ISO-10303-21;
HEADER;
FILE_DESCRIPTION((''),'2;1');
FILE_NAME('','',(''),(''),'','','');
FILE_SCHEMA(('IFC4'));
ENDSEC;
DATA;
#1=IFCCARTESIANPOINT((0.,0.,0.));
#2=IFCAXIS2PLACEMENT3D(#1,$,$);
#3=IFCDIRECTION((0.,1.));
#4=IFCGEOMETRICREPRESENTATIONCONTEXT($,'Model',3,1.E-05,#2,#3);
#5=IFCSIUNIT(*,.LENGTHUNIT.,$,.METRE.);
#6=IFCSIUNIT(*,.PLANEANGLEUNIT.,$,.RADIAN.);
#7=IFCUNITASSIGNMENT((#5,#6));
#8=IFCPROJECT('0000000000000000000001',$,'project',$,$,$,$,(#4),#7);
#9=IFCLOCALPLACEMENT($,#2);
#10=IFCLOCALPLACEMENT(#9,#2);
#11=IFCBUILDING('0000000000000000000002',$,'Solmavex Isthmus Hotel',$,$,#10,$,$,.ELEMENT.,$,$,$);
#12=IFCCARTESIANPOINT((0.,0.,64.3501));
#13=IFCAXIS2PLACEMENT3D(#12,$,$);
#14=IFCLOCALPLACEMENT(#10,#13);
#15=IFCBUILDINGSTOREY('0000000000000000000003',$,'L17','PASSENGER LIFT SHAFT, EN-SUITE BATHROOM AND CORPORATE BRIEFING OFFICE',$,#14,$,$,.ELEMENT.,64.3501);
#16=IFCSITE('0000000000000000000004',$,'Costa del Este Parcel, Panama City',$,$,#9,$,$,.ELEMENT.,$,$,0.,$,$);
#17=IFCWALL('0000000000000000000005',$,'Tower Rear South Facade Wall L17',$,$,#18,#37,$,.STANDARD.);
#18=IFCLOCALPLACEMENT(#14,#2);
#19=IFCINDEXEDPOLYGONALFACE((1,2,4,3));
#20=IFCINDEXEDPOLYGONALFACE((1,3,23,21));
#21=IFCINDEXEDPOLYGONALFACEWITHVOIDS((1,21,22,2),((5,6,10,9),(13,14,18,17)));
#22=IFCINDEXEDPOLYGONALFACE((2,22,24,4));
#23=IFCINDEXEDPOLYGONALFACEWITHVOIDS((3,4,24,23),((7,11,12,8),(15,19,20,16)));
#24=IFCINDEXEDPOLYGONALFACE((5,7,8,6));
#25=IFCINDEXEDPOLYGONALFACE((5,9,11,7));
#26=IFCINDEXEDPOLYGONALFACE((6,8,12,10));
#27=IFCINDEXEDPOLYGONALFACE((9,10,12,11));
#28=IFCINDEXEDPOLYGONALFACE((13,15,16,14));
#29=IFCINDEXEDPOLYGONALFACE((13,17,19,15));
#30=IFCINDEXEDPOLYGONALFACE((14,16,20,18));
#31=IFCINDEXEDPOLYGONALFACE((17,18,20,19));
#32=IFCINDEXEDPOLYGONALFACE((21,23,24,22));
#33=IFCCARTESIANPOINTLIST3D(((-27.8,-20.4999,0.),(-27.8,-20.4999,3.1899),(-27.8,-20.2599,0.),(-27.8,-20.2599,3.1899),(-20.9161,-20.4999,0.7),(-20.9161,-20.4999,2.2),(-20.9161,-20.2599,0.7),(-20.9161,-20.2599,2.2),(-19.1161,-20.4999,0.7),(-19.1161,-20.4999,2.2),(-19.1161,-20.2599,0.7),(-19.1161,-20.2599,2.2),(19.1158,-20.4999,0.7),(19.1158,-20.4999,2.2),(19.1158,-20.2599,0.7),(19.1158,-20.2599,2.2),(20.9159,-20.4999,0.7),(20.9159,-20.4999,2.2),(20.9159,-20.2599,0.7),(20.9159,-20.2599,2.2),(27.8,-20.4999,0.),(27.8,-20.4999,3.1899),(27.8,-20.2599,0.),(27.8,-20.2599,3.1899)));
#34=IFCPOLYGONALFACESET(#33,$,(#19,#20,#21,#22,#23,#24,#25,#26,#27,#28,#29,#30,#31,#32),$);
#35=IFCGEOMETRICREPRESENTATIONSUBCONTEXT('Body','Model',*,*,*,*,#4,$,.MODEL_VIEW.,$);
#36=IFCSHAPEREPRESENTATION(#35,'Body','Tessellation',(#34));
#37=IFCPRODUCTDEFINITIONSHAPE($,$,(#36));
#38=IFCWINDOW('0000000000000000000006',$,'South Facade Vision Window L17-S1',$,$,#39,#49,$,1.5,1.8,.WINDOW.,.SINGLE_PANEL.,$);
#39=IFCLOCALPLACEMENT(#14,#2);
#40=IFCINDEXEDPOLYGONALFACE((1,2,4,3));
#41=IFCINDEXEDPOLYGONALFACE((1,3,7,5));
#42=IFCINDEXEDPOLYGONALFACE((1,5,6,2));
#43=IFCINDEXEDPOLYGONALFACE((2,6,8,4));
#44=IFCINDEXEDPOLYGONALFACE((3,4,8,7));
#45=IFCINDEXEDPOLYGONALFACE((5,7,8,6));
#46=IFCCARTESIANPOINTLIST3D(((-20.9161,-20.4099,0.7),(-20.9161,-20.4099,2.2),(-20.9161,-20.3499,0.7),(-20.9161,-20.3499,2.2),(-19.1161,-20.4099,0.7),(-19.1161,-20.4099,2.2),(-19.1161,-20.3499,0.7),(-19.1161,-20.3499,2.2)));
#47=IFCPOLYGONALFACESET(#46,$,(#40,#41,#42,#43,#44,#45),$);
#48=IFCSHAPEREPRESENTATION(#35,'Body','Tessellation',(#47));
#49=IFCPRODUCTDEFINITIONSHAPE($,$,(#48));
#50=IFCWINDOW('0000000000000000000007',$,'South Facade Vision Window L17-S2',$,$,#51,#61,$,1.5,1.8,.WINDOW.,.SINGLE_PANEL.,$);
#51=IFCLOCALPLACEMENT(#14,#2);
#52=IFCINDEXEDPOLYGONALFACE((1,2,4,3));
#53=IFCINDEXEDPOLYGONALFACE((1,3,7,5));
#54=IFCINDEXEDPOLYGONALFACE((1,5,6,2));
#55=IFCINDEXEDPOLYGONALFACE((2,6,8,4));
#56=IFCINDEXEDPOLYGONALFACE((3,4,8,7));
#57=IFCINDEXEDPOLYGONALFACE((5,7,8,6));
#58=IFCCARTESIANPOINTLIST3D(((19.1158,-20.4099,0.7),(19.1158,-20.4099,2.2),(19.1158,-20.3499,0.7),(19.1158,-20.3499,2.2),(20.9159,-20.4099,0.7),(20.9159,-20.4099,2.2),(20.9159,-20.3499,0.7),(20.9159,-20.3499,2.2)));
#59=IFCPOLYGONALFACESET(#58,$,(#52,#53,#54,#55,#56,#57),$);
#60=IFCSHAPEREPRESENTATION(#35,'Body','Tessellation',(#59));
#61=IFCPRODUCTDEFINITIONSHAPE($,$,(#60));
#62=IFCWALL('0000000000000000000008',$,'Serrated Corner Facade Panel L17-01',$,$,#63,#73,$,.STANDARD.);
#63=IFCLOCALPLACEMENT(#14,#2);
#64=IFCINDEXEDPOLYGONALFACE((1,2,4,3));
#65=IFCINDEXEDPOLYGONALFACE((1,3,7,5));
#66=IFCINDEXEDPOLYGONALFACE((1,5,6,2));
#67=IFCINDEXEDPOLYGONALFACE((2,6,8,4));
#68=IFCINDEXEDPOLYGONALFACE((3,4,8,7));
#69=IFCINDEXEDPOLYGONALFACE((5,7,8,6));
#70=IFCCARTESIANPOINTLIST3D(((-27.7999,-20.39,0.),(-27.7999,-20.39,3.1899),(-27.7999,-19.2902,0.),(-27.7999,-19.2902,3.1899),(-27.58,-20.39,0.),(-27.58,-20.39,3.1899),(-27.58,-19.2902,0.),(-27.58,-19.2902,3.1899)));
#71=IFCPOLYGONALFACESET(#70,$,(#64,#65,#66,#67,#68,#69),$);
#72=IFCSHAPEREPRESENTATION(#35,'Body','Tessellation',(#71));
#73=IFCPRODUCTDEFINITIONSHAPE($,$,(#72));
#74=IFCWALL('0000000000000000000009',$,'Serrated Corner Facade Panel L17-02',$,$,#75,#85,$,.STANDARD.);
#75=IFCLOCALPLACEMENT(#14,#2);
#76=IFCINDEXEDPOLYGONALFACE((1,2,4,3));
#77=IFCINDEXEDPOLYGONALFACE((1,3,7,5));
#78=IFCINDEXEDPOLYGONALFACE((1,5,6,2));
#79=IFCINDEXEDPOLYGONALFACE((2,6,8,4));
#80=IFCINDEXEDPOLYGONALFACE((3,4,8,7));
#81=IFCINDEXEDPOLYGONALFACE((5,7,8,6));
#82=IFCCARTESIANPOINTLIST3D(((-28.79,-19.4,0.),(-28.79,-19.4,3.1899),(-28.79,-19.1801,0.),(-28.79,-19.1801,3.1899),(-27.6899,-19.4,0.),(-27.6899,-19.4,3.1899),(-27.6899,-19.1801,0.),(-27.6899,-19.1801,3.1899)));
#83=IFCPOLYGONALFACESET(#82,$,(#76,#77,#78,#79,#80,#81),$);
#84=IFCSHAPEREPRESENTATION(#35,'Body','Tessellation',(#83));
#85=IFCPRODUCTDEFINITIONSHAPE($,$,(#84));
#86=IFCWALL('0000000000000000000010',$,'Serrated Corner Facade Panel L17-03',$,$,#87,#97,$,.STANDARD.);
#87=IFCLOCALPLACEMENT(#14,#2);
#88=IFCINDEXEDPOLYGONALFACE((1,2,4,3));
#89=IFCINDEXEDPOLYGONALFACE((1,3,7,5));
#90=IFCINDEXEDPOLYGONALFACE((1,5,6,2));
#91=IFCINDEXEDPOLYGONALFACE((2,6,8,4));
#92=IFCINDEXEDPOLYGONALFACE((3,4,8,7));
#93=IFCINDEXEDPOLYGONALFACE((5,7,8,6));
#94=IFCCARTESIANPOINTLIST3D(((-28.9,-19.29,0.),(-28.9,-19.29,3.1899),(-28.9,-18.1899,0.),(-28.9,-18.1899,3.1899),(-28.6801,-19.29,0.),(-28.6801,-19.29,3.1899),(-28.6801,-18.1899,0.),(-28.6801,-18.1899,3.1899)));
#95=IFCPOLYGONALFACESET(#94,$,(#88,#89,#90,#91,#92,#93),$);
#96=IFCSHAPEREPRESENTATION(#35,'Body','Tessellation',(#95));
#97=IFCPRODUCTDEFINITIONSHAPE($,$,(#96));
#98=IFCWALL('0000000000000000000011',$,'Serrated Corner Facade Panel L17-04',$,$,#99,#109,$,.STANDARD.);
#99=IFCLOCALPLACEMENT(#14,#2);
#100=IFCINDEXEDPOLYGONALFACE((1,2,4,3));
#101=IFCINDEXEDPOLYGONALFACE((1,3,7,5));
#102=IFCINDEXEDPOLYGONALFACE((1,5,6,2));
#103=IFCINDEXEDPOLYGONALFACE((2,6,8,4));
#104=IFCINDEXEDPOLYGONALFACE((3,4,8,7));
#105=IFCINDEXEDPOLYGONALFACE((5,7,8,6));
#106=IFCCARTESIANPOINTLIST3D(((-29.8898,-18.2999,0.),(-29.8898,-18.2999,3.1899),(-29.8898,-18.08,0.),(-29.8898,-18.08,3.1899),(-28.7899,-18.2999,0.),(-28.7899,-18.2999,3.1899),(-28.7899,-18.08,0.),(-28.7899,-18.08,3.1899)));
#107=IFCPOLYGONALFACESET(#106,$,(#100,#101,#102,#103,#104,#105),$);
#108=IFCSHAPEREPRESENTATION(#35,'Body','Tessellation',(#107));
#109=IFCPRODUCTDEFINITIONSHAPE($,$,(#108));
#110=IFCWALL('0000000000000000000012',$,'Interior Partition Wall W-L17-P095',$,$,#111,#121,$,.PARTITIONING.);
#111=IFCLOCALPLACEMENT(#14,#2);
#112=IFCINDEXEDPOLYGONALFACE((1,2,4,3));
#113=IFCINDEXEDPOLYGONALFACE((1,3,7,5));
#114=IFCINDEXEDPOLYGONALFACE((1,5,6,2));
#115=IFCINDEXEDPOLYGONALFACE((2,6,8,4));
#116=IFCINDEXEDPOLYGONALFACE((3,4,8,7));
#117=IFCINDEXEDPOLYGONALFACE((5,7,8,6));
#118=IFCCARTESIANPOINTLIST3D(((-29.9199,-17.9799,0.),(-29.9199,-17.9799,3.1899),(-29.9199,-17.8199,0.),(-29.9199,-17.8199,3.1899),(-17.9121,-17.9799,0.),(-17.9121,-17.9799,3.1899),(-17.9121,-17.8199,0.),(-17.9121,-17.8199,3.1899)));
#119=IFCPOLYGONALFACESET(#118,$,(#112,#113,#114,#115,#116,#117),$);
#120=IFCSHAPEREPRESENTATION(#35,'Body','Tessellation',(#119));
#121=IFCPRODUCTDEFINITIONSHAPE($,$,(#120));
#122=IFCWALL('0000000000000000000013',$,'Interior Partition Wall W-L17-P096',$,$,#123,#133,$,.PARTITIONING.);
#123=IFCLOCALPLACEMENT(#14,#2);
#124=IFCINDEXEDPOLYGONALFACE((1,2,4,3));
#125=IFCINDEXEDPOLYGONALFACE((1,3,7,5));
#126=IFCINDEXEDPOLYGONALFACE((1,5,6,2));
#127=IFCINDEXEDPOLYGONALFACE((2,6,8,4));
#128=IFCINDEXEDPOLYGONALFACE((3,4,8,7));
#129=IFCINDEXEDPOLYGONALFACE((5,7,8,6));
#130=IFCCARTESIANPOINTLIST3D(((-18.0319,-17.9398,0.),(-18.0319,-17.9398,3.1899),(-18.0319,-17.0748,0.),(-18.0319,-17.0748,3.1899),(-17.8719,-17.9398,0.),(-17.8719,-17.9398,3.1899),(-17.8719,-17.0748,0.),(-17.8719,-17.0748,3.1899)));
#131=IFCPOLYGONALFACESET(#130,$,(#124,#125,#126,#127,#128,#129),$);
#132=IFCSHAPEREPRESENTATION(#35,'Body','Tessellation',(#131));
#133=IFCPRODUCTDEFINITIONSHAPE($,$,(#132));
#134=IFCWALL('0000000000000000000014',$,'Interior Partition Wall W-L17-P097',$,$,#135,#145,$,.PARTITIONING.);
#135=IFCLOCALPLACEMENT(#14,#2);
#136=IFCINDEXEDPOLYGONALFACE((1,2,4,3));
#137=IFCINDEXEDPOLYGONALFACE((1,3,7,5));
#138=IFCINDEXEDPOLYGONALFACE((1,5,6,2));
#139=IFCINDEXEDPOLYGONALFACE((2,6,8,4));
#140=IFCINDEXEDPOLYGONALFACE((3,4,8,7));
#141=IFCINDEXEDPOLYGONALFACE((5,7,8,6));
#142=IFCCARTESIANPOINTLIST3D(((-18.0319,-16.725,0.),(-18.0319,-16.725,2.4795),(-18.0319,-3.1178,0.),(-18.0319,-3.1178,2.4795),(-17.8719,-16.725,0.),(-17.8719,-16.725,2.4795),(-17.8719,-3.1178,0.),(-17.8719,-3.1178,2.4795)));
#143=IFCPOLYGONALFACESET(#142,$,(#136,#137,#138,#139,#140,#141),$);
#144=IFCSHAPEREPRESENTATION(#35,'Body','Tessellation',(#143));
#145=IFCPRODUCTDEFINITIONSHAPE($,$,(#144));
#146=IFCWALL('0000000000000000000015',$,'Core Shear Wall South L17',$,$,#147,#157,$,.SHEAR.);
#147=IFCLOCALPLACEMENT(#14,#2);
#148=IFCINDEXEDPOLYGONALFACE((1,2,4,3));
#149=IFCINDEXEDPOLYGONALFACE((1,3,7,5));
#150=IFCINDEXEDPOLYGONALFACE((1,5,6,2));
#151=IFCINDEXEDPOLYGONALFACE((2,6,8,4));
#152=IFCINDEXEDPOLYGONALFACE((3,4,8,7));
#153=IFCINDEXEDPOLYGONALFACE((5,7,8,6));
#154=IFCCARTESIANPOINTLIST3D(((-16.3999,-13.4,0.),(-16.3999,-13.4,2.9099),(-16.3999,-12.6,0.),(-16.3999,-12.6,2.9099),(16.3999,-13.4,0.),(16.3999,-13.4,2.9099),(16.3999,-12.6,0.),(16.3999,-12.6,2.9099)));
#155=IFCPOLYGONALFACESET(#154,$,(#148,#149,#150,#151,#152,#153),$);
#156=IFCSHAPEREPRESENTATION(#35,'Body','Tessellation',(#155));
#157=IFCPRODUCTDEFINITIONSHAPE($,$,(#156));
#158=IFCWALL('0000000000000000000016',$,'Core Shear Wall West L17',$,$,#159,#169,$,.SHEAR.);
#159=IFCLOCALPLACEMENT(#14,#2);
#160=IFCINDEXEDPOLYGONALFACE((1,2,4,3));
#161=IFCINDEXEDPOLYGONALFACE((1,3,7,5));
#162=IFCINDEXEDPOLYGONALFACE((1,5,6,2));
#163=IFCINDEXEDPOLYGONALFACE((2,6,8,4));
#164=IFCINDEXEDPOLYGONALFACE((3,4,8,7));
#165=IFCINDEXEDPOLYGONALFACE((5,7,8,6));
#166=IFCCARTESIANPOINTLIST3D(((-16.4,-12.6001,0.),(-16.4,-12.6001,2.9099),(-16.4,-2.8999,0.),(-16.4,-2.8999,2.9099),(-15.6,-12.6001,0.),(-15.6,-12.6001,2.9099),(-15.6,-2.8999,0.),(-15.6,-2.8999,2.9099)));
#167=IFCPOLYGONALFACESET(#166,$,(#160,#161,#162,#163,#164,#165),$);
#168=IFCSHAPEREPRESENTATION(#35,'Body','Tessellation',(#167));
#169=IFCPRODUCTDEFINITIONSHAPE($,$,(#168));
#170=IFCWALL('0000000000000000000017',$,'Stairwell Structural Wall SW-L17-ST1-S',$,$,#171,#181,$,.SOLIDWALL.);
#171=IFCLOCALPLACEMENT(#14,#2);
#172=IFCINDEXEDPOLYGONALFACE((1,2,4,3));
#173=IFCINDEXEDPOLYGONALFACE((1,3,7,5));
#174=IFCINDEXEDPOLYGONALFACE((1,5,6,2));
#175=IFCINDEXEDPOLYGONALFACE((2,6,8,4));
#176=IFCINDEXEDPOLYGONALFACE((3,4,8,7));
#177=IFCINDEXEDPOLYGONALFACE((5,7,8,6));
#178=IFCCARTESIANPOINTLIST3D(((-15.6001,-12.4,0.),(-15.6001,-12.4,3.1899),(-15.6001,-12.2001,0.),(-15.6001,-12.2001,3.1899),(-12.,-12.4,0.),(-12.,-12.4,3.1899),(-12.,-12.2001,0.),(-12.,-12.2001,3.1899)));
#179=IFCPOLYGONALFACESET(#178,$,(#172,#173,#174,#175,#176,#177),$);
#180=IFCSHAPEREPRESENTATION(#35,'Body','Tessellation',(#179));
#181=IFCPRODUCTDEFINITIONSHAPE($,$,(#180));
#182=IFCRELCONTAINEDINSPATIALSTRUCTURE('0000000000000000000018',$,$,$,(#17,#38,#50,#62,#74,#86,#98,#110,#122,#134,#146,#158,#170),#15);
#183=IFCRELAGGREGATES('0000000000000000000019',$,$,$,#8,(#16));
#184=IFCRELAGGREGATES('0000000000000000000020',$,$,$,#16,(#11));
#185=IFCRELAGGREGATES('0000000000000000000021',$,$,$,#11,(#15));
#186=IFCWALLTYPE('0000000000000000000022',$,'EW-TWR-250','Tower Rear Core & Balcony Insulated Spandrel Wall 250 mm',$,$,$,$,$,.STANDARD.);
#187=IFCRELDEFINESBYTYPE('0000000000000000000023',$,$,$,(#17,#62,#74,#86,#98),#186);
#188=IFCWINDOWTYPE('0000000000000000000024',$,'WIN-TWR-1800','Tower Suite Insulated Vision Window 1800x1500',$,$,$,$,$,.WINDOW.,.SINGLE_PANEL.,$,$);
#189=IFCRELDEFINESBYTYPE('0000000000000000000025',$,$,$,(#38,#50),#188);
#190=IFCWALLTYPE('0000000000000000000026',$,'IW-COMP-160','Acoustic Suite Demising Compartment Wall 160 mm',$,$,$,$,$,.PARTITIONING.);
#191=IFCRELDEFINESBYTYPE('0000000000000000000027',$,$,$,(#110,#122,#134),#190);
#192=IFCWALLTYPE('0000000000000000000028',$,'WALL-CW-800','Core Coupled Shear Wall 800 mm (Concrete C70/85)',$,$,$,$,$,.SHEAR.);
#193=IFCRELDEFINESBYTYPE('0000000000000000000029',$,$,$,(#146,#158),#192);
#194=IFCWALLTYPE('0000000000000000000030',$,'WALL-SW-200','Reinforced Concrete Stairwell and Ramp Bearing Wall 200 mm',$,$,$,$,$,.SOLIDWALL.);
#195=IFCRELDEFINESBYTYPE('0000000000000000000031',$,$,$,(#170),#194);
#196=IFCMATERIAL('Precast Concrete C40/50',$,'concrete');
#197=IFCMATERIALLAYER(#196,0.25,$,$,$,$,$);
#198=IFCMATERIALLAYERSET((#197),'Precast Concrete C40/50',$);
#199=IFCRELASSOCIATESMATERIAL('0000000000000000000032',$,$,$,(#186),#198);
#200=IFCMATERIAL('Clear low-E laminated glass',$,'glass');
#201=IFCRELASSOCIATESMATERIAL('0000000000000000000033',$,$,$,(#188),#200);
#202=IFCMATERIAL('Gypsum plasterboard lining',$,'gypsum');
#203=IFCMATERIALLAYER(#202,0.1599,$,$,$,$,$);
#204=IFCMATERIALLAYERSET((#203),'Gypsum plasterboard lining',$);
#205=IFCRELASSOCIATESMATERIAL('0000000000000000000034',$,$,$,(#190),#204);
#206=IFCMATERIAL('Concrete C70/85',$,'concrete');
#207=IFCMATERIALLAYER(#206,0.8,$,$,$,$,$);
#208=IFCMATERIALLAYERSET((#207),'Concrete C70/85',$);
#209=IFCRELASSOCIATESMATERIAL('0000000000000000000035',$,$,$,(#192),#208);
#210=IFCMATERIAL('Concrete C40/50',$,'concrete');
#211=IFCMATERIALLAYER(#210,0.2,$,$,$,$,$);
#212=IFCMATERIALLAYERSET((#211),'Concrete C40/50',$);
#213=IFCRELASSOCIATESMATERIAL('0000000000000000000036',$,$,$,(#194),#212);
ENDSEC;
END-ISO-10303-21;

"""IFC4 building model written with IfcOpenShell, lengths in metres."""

from ifc_helpers import new_model, si_unit, direction, frame, frame_2d, origin, place, context, subcontext, project, spatial, rectangle, extrude, material, layer, layer_set, type_object, element, fill, save


model = new_model("IFC4")

# Units and contexts
model_context = context("Model", 3, precision=1e-05, world=origin(), true_north=direction((0.0, 1.0)))
body_context = subcontext(model_context, "Body", "Model", "MODEL_VIEW")
ifc_project = project(units=[si_unit("LENGTHUNIT", "METRE"), si_unit("PLANEANGLEUNIT", "RADIAN")], contexts=[model_context])

# Site, building, storey
site_placement = place(None, origin())
site = spatial("IfcSite", under=ifc_project, at=site_placement, Name="Costa del Este Parcel, Panama City", CompositionType="ELEMENT", RefElevation=0.0)
building_placement = place(site_placement, origin())
building = spatial("IfcBuilding", under=site, at=building_placement, Name="Solmavex Isthmus Hotel", CompositionType="ELEMENT")
storey_placement = place(building_placement, frame((0.0, 0.0, 64.3501)))
storey = spatial("IfcBuildingStorey", under=building, at=storey_placement, Name="L17", Description="PASSENGER LIFT SHAFT, EN-SUITE BATHROOM AND CORPORATE BRIEFING OFFICE", CompositionType="ELEMENT", Elevation=64.3501)

# Shared definitions
ifc_material_1 = material(Name="Concrete C70/85", Category="concrete")

# Shared definitions
ifc_material_2 = material(Name="Clear low-E laminated glass", Category="glass")

# Wall, openings, windows
ifc_material_3 = material(Name="Precast Concrete C40/50", Category="concrete")
ifc_layer_1 = layer(ifc_material_3, 0.25)
ifc_layer_set_1 = layer_set([ifc_layer_1], Name="Precast Concrete C40/50")
wall_type_1 = type_object("IfcWallType", Name="EW-TWR-250", Description="Tower Rear Core & Balcony Insulated Spandrel Wall 250 mm", PredefinedType="STANDARD", material=ifc_layer_set_1)
wall_1_placement = place(storey_placement, frame((-27.8, -20.3799, 0.0), z_axis=(0.0, 0.0, 1.0), x_axis=(1.0, 0.0, 0.0)))
wall_1 = element("IfcWall", 1, at=wall_1_placement, inside=storey, type_object=wall_type_1, Name="Tower Rear South Facade Wall L17", PredefinedType="STANDARD", context=body_context, shape_type="SweptSolid", body=[
    extrude(rectangle(XDim=55.6001, YDim=0.24, at=frame_2d((27.8, 0.0))), origin(), (0.0, 0.0, 1.0), 3.1899),
])
opening_1_placement = place(wall_1_placement, frame((6.884, 0.0, 0.7)))
opening_1 = element("IfcOpeningElement", 2, at=opening_1_placement, cuts=wall_1, PredefinedType="OPENING", context=body_context, shape_type="SweptSolid", body=[
    extrude(rectangle(XDim=1.8, YDim=1.5, at=frame_2d((0.8999, 0.75))), frame((0.0, 0.1299, 0.0), z_axis=(0.0, -1.0, 0.0), x_axis=(1.0, 0.0, 0.0)), (0.0, 0.0, 1.0), 0.26),
])
opening_2_placement = place(wall_1_placement, frame((46.916, 0.0, 0.7)))
opening_2 = element("IfcOpeningElement", 3, at=opening_2_placement, cuts=wall_1, PredefinedType="OPENING", context=body_context, shape_type="SweptSolid", body=[
    extrude(rectangle(XDim=1.8, YDim=1.5, at=frame_2d((0.8999, 0.75))), frame((0.0, 0.1299, 0.0), z_axis=(0.0, -1.0, 0.0), x_axis=(1.0, 0.0, 0.0)), (0.0, 0.0, 1.0), 0.26),
])
window_type = type_object("IfcWindowType", Name="WIN-TWR-1800", Description="Tower Suite Insulated Vision Window 1800x1500", PartitioningType="SINGLE_PANEL", PredefinedType="WINDOW", material=ifc_material_2)
window_1_placement = place(opening_1_placement, origin())
window_1 = element("IfcWindow", 4, at=window_1_placement, inside=storey, type_object=window_type, Name="South Facade Vision Window L17-S1", OverallHeight=1.5, OverallWidth=1.8, PartitioningType="SINGLE_PANEL", PredefinedType="WINDOW", context=body_context, shape_type="SweptSolid", body=[
    extrude(rectangle(XDim=1.8, YDim=1.5, at=frame_2d((0.8999, 0.75))), frame((0.0, 0.03, 0.0), z_axis=(0.0, -1.0, 0.0), x_axis=(1.0, 0.0, 0.0)), (0.0, 0.0, 1.0), 0.0601),
])
fill(opening_1, window_1)
window_2_placement = place(opening_2_placement, origin())
window_2 = element("IfcWindow", 5, at=window_2_placement, inside=storey, type_object=window_type, Name="South Facade Vision Window L17-S2", OverallHeight=1.5, OverallWidth=1.8, PartitioningType="SINGLE_PANEL", PredefinedType="WINDOW", context=body_context, shape_type="SweptSolid", body=[
    extrude(rectangle(XDim=1.8, YDim=1.5, at=frame_2d((0.8999, 0.75))), frame((0.0, 0.03, 0.0), z_axis=(0.0, -1.0, 0.0), x_axis=(1.0, 0.0, 0.0)), (0.0, 0.0, 1.0), 0.0601),
])
fill(opening_2, window_2)

# Walls
wall_2_placement = place(storey_placement, frame((-27.6899, -20.3899, 0.0), z_axis=(0.0, 0.0, 1.0), x_axis=(0.0, 1.0, 0.0)))
element("IfcWall", 6, at=wall_2_placement, inside=storey, type_object=wall_type_1, Name="Serrated Corner Facade Panel L17-01", PredefinedType="STANDARD", context=body_context, shape_type="SweptSolid", body=[
    extrude(rectangle(XDim=1.0999, YDim=0.22, at=frame_2d((0.5498, 0.0))), origin(), (0.0, 0.0, 1.0), 3.1899),
])
for number, where, z_axis, x_axis, name in (
    (7, (-27.6899, -19.29, 0.0), (0.0, 0.0, 1.0), (-1.0, 0.0, 0.0), "Serrated Corner Facade Panel L17-02"),
    (8, (-28.79, -19.29, 0.0), (0.0, 0.0, 1.0), (0.0, 1.0, 0.0), "Serrated Corner Facade Panel L17-03"),
):
    element("IfcWall", number, at=place(storey_placement, frame(where, z_axis=z_axis, x_axis=x_axis)), inside=storey, type_object=wall_type_1, Name=name, PredefinedType="STANDARD", context=body_context, shape_type="SweptSolid", body=[
        extrude(rectangle(XDim=1.1001, YDim=0.22, at=frame_2d((0.55, 0.0))), origin(), (0.0, 0.0, 1.0), 3.1899),
    ])
wall_3_placement = place(storey_placement, frame((-28.79, -18.1899, 0.0), z_axis=(0.0, 0.0, 1.0), x_axis=(-1.0, 0.0, 0.0)))
element("IfcWall", 9, at=wall_3_placement, inside=storey, type_object=wall_type_1, Name="Serrated Corner Facade Panel L17-04", PredefinedType="STANDARD", context=body_context, shape_type="SweptSolid", body=[
    extrude(rectangle(XDim=1.0999, YDim=0.22, at=frame_2d((0.5498, 0.0))), origin(), (0.0, 0.0, 1.0), 3.1899),
])
ifc_material_4 = material(Name="Gypsum plasterboard lining", Category="gypsum")
ifc_layer_2 = layer(ifc_material_4, 0.1599)
ifc_layer_set_2 = layer_set([ifc_layer_2], Name="Gypsum plasterboard lining")
wall_type_2 = type_object("IfcWallType", Name="IW-COMP-160", Description="Acoustic Suite Demising Compartment Wall 160 mm", PredefinedType="PARTITIONING", material=ifc_layer_set_2)
wall_4_placement = place(storey_placement, frame((-29.9199, -17.8999, 0.0), z_axis=(0.0, 0.0, 1.0), x_axis=(1.0, 0.0, 0.0)))
element("IfcWall", 10, at=wall_4_placement, inside=storey, type_object=wall_type_2, Name="Interior Partition Wall W-L17-P095", PredefinedType="PARTITIONING", context=body_context, shape_type="SweptSolid", body=[
    extrude(rectangle(XDim=12.0078, YDim=0.1599, at=frame_2d((6.0039, 0.0))), origin(), (0.0, 0.0, 1.0), 3.1899),
])
wall_5_placement = place(storey_placement, frame((-17.9519, -17.9399, 0.0), z_axis=(0.0, 0.0, 1.0), x_axis=(0.0, 1.0, 0.0)))
element("IfcWall", 11, at=wall_5_placement, inside=storey, type_object=wall_type_2, Name="Interior Partition Wall W-L17-P096", PredefinedType="PARTITIONING", context=body_context, shape_type="SweptSolid", body=[
    extrude(rectangle(XDim=0.865, YDim=0.1599, at=frame_2d((0.4326, 0.0))), origin(), (0.0, 0.0, 1.0), 3.1899),
])
wall_6_placement = place(storey_placement, frame((-17.9519, -16.7251, 0.0), z_axis=(0.0, 0.0, 1.0), x_axis=(0.0, 1.0, 0.0)))
element("IfcWall", 12, at=wall_6_placement, inside=storey, type_object=wall_type_2, Name="Interior Partition Wall W-L17-P097", PredefinedType="PARTITIONING", context=body_context, shape_type="SweptSolid", body=[
    extrude(rectangle(XDim=13.6072, YDim=0.1599, at=frame_2d((6.8037, 0.0))), origin(), (0.0, 0.0, 1.0), 2.4795),
])
ifc_layer_3 = layer(ifc_material_1, 0.8)
ifc_layer_set_3 = layer_set([ifc_layer_3], Name="Concrete C70/85")
wall_type_3 = type_object("IfcWallType", Name="WALL-CW-800", Description="Core Coupled Shear Wall 800 mm (Concrete C70/85)", PredefinedType="SHEAR", material=ifc_layer_set_3)
wall_7_placement = place(storey_placement, frame((-16.3999, -13.0, 0.0), z_axis=(0.0, 0.0, 1.0), x_axis=(1.0, 0.0, 0.0)))
element("IfcWall", 13, at=wall_7_placement, inside=storey, type_object=wall_type_3, Name="Core Shear Wall South L17", PredefinedType="SHEAR", context=body_context, shape_type="SweptSolid", body=[
    extrude(rectangle(XDim=32.7998, YDim=0.8, at=frame_2d((16.3999, 0.0))), origin(), (0.0, 0.0, 1.0), 2.9099),
])
wall_8_placement = place(storey_placement, frame((-16.0, -12.6001, 0.0), z_axis=(0.0, 0.0, 1.0), x_axis=(0.0, 1.0, 0.0)))
element("IfcWall", 14, at=wall_8_placement, inside=storey, type_object=wall_type_3, Name="Core Shear Wall West L17", PredefinedType="SHEAR", context=body_context, shape_type="SweptSolid", body=[
    extrude(rectangle(XDim=9.7002, YDim=0.8, at=frame_2d((4.8501, 0.0))), origin(), (0.0, 0.0, 1.0), 2.9099),
])
ifc_material_5 = material(Name="Concrete C40/50", Category="concrete")
ifc_layer_4 = layer(ifc_material_5, 0.2)
ifc_layer_set_4 = layer_set([ifc_layer_4], Name="Concrete C40/50")
wall_type_4 = type_object("IfcWallType", Name="WALL-SW-200", Description="Reinforced Concrete Stairwell and Ramp Bearing Wall 200 mm", PredefinedType="SOLIDWALL", material=ifc_layer_set_4)
wall_9_placement = place(storey_placement, frame((-15.6001, -12.3, 0.0), z_axis=(0.0, 0.0, 1.0), x_axis=(1.0, 0.0, 0.0)))
element("IfcWall", 15, at=wall_9_placement, inside=storey, type_object=wall_type_4, Name="Stairwell Structural Wall SW-L17-ST1-S", PredefinedType="SOLIDWALL", context=body_context, shape_type="SweptSolid", body=[
    extrude(rectangle(XDim=3.6001, YDim=0.2, at=frame_2d((1.8, 0.0))), origin(), (0.0, 0.0, 1.0), 3.1899),
])

save(model, "model.ifc")
